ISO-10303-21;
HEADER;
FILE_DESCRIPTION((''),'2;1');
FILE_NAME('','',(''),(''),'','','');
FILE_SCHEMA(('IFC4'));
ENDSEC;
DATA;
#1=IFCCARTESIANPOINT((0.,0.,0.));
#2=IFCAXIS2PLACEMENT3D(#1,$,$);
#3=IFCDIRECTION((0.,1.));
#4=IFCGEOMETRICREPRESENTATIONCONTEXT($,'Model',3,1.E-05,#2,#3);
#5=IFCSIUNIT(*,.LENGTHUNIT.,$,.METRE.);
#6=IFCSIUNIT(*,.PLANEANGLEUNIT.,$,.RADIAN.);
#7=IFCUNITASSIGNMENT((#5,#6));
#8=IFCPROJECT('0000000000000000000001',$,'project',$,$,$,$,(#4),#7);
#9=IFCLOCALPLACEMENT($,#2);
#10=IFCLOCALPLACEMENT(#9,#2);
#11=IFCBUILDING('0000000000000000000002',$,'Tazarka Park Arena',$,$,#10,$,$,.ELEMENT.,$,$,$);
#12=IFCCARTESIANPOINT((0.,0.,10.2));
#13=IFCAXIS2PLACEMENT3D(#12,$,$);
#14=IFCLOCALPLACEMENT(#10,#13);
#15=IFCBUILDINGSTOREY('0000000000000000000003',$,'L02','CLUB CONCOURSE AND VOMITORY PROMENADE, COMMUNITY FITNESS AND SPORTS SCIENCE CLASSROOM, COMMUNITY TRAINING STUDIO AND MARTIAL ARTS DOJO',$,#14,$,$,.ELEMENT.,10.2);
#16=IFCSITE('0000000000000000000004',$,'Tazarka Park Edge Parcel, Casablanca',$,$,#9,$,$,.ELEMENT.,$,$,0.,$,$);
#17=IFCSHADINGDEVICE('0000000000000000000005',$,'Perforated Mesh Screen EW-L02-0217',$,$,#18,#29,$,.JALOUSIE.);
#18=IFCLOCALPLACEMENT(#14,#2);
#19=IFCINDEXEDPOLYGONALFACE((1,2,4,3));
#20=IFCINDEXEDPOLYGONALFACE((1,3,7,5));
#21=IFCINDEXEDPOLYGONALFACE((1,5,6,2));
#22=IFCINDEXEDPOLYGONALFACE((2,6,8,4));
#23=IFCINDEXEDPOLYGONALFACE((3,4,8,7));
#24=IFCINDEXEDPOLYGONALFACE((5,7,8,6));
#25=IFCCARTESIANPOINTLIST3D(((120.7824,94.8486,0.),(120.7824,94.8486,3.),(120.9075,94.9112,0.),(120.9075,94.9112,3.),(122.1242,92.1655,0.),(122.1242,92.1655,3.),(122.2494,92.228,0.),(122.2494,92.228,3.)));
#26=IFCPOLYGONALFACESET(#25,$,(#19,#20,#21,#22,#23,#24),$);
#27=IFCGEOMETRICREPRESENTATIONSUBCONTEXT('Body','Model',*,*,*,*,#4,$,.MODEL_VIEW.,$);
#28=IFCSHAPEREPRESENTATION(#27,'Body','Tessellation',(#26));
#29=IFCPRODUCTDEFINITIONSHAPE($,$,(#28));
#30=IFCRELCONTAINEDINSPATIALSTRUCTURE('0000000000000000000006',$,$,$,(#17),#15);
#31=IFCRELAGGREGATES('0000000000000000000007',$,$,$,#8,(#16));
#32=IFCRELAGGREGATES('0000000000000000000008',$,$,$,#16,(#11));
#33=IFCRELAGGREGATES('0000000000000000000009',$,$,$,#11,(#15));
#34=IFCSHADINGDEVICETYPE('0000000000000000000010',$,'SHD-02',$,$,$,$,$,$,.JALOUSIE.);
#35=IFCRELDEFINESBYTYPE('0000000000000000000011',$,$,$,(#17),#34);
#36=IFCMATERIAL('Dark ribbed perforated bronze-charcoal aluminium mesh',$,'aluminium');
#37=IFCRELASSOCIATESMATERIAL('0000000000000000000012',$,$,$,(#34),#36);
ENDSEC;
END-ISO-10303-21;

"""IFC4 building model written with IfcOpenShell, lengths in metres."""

from ifc_helpers import new_model, si_unit, direction, frame, origin, origin_2d, place, context, subcontext, project, spatial, rectangle, extrude, material, type_object, element, save


model = new_model("IFC4")

# Units and contexts
model_context = context("Model", 3, precision=1e-05, world=origin(), true_north=direction((0.0, 1.0)))
body_context = subcontext(model_context, "Body", "Model", "MODEL_VIEW")
ifc_project = project(units=[si_unit("LENGTHUNIT", "METRE"), si_unit("PLANEANGLEUNIT", "RADIAN")], contexts=[model_context])

# Site, building, storey
site_placement = place(None, origin())
site = spatial("IfcSite", under=ifc_project, at=site_placement, Name="Tazarka Park Edge Parcel, Casablanca", CompositionType="ELEMENT", RefElevation=0.0)
building_placement = place(site_placement, origin())
building = spatial("IfcBuilding", under=site, at=building_placement, Name="Tazarka Park Arena", CompositionType="ELEMENT")
storey_placement = place(building_placement, frame((0.0, 0.0, 10.2)))
storey = spatial("IfcBuildingStorey", under=building, at=storey_placement, Name="L02", Description="CLUB CONCOURSE AND VOMITORY PROMENADE, COMMUNITY FITNESS AND SPORTS SCIENCE CLASSROOM, COMMUNITY TRAINING STUDIO AND MARTIAL ARTS DOJO", CompositionType="ELEMENT", Elevation=10.2)

# Shading device
ifc_material_1 = material(Name="Dark ribbed perforated bronze-charcoal aluminium mesh", Category="aluminium")
shading_device_type = type_object("IfcShadingDeviceType", Name="SHD-02", PredefinedType="JALOUSIE", material=ifc_material_1)
shading_device_placement = place(storey_placement, frame((121.5159, 93.5383, 0.0), z_axis=(0.0, 0.0, 1.0), x_axis=(0.447291, -0.894389, 0.0)))
element("IfcShadingDevice", 1, at=shading_device_placement, inside=storey, type_object=shading_device_type, Name="Perforated Mesh Screen EW-L02-0217", PredefinedType="JALOUSIE", context=body_context, shape_type="SweptSolid", body=[
    extrude(rectangle(XDim=3.0, YDim=0.1399, at=origin_2d()), origin(), (0.0, 0.0, 1.0), 3.0),
])

save(model, "model.ifc")
